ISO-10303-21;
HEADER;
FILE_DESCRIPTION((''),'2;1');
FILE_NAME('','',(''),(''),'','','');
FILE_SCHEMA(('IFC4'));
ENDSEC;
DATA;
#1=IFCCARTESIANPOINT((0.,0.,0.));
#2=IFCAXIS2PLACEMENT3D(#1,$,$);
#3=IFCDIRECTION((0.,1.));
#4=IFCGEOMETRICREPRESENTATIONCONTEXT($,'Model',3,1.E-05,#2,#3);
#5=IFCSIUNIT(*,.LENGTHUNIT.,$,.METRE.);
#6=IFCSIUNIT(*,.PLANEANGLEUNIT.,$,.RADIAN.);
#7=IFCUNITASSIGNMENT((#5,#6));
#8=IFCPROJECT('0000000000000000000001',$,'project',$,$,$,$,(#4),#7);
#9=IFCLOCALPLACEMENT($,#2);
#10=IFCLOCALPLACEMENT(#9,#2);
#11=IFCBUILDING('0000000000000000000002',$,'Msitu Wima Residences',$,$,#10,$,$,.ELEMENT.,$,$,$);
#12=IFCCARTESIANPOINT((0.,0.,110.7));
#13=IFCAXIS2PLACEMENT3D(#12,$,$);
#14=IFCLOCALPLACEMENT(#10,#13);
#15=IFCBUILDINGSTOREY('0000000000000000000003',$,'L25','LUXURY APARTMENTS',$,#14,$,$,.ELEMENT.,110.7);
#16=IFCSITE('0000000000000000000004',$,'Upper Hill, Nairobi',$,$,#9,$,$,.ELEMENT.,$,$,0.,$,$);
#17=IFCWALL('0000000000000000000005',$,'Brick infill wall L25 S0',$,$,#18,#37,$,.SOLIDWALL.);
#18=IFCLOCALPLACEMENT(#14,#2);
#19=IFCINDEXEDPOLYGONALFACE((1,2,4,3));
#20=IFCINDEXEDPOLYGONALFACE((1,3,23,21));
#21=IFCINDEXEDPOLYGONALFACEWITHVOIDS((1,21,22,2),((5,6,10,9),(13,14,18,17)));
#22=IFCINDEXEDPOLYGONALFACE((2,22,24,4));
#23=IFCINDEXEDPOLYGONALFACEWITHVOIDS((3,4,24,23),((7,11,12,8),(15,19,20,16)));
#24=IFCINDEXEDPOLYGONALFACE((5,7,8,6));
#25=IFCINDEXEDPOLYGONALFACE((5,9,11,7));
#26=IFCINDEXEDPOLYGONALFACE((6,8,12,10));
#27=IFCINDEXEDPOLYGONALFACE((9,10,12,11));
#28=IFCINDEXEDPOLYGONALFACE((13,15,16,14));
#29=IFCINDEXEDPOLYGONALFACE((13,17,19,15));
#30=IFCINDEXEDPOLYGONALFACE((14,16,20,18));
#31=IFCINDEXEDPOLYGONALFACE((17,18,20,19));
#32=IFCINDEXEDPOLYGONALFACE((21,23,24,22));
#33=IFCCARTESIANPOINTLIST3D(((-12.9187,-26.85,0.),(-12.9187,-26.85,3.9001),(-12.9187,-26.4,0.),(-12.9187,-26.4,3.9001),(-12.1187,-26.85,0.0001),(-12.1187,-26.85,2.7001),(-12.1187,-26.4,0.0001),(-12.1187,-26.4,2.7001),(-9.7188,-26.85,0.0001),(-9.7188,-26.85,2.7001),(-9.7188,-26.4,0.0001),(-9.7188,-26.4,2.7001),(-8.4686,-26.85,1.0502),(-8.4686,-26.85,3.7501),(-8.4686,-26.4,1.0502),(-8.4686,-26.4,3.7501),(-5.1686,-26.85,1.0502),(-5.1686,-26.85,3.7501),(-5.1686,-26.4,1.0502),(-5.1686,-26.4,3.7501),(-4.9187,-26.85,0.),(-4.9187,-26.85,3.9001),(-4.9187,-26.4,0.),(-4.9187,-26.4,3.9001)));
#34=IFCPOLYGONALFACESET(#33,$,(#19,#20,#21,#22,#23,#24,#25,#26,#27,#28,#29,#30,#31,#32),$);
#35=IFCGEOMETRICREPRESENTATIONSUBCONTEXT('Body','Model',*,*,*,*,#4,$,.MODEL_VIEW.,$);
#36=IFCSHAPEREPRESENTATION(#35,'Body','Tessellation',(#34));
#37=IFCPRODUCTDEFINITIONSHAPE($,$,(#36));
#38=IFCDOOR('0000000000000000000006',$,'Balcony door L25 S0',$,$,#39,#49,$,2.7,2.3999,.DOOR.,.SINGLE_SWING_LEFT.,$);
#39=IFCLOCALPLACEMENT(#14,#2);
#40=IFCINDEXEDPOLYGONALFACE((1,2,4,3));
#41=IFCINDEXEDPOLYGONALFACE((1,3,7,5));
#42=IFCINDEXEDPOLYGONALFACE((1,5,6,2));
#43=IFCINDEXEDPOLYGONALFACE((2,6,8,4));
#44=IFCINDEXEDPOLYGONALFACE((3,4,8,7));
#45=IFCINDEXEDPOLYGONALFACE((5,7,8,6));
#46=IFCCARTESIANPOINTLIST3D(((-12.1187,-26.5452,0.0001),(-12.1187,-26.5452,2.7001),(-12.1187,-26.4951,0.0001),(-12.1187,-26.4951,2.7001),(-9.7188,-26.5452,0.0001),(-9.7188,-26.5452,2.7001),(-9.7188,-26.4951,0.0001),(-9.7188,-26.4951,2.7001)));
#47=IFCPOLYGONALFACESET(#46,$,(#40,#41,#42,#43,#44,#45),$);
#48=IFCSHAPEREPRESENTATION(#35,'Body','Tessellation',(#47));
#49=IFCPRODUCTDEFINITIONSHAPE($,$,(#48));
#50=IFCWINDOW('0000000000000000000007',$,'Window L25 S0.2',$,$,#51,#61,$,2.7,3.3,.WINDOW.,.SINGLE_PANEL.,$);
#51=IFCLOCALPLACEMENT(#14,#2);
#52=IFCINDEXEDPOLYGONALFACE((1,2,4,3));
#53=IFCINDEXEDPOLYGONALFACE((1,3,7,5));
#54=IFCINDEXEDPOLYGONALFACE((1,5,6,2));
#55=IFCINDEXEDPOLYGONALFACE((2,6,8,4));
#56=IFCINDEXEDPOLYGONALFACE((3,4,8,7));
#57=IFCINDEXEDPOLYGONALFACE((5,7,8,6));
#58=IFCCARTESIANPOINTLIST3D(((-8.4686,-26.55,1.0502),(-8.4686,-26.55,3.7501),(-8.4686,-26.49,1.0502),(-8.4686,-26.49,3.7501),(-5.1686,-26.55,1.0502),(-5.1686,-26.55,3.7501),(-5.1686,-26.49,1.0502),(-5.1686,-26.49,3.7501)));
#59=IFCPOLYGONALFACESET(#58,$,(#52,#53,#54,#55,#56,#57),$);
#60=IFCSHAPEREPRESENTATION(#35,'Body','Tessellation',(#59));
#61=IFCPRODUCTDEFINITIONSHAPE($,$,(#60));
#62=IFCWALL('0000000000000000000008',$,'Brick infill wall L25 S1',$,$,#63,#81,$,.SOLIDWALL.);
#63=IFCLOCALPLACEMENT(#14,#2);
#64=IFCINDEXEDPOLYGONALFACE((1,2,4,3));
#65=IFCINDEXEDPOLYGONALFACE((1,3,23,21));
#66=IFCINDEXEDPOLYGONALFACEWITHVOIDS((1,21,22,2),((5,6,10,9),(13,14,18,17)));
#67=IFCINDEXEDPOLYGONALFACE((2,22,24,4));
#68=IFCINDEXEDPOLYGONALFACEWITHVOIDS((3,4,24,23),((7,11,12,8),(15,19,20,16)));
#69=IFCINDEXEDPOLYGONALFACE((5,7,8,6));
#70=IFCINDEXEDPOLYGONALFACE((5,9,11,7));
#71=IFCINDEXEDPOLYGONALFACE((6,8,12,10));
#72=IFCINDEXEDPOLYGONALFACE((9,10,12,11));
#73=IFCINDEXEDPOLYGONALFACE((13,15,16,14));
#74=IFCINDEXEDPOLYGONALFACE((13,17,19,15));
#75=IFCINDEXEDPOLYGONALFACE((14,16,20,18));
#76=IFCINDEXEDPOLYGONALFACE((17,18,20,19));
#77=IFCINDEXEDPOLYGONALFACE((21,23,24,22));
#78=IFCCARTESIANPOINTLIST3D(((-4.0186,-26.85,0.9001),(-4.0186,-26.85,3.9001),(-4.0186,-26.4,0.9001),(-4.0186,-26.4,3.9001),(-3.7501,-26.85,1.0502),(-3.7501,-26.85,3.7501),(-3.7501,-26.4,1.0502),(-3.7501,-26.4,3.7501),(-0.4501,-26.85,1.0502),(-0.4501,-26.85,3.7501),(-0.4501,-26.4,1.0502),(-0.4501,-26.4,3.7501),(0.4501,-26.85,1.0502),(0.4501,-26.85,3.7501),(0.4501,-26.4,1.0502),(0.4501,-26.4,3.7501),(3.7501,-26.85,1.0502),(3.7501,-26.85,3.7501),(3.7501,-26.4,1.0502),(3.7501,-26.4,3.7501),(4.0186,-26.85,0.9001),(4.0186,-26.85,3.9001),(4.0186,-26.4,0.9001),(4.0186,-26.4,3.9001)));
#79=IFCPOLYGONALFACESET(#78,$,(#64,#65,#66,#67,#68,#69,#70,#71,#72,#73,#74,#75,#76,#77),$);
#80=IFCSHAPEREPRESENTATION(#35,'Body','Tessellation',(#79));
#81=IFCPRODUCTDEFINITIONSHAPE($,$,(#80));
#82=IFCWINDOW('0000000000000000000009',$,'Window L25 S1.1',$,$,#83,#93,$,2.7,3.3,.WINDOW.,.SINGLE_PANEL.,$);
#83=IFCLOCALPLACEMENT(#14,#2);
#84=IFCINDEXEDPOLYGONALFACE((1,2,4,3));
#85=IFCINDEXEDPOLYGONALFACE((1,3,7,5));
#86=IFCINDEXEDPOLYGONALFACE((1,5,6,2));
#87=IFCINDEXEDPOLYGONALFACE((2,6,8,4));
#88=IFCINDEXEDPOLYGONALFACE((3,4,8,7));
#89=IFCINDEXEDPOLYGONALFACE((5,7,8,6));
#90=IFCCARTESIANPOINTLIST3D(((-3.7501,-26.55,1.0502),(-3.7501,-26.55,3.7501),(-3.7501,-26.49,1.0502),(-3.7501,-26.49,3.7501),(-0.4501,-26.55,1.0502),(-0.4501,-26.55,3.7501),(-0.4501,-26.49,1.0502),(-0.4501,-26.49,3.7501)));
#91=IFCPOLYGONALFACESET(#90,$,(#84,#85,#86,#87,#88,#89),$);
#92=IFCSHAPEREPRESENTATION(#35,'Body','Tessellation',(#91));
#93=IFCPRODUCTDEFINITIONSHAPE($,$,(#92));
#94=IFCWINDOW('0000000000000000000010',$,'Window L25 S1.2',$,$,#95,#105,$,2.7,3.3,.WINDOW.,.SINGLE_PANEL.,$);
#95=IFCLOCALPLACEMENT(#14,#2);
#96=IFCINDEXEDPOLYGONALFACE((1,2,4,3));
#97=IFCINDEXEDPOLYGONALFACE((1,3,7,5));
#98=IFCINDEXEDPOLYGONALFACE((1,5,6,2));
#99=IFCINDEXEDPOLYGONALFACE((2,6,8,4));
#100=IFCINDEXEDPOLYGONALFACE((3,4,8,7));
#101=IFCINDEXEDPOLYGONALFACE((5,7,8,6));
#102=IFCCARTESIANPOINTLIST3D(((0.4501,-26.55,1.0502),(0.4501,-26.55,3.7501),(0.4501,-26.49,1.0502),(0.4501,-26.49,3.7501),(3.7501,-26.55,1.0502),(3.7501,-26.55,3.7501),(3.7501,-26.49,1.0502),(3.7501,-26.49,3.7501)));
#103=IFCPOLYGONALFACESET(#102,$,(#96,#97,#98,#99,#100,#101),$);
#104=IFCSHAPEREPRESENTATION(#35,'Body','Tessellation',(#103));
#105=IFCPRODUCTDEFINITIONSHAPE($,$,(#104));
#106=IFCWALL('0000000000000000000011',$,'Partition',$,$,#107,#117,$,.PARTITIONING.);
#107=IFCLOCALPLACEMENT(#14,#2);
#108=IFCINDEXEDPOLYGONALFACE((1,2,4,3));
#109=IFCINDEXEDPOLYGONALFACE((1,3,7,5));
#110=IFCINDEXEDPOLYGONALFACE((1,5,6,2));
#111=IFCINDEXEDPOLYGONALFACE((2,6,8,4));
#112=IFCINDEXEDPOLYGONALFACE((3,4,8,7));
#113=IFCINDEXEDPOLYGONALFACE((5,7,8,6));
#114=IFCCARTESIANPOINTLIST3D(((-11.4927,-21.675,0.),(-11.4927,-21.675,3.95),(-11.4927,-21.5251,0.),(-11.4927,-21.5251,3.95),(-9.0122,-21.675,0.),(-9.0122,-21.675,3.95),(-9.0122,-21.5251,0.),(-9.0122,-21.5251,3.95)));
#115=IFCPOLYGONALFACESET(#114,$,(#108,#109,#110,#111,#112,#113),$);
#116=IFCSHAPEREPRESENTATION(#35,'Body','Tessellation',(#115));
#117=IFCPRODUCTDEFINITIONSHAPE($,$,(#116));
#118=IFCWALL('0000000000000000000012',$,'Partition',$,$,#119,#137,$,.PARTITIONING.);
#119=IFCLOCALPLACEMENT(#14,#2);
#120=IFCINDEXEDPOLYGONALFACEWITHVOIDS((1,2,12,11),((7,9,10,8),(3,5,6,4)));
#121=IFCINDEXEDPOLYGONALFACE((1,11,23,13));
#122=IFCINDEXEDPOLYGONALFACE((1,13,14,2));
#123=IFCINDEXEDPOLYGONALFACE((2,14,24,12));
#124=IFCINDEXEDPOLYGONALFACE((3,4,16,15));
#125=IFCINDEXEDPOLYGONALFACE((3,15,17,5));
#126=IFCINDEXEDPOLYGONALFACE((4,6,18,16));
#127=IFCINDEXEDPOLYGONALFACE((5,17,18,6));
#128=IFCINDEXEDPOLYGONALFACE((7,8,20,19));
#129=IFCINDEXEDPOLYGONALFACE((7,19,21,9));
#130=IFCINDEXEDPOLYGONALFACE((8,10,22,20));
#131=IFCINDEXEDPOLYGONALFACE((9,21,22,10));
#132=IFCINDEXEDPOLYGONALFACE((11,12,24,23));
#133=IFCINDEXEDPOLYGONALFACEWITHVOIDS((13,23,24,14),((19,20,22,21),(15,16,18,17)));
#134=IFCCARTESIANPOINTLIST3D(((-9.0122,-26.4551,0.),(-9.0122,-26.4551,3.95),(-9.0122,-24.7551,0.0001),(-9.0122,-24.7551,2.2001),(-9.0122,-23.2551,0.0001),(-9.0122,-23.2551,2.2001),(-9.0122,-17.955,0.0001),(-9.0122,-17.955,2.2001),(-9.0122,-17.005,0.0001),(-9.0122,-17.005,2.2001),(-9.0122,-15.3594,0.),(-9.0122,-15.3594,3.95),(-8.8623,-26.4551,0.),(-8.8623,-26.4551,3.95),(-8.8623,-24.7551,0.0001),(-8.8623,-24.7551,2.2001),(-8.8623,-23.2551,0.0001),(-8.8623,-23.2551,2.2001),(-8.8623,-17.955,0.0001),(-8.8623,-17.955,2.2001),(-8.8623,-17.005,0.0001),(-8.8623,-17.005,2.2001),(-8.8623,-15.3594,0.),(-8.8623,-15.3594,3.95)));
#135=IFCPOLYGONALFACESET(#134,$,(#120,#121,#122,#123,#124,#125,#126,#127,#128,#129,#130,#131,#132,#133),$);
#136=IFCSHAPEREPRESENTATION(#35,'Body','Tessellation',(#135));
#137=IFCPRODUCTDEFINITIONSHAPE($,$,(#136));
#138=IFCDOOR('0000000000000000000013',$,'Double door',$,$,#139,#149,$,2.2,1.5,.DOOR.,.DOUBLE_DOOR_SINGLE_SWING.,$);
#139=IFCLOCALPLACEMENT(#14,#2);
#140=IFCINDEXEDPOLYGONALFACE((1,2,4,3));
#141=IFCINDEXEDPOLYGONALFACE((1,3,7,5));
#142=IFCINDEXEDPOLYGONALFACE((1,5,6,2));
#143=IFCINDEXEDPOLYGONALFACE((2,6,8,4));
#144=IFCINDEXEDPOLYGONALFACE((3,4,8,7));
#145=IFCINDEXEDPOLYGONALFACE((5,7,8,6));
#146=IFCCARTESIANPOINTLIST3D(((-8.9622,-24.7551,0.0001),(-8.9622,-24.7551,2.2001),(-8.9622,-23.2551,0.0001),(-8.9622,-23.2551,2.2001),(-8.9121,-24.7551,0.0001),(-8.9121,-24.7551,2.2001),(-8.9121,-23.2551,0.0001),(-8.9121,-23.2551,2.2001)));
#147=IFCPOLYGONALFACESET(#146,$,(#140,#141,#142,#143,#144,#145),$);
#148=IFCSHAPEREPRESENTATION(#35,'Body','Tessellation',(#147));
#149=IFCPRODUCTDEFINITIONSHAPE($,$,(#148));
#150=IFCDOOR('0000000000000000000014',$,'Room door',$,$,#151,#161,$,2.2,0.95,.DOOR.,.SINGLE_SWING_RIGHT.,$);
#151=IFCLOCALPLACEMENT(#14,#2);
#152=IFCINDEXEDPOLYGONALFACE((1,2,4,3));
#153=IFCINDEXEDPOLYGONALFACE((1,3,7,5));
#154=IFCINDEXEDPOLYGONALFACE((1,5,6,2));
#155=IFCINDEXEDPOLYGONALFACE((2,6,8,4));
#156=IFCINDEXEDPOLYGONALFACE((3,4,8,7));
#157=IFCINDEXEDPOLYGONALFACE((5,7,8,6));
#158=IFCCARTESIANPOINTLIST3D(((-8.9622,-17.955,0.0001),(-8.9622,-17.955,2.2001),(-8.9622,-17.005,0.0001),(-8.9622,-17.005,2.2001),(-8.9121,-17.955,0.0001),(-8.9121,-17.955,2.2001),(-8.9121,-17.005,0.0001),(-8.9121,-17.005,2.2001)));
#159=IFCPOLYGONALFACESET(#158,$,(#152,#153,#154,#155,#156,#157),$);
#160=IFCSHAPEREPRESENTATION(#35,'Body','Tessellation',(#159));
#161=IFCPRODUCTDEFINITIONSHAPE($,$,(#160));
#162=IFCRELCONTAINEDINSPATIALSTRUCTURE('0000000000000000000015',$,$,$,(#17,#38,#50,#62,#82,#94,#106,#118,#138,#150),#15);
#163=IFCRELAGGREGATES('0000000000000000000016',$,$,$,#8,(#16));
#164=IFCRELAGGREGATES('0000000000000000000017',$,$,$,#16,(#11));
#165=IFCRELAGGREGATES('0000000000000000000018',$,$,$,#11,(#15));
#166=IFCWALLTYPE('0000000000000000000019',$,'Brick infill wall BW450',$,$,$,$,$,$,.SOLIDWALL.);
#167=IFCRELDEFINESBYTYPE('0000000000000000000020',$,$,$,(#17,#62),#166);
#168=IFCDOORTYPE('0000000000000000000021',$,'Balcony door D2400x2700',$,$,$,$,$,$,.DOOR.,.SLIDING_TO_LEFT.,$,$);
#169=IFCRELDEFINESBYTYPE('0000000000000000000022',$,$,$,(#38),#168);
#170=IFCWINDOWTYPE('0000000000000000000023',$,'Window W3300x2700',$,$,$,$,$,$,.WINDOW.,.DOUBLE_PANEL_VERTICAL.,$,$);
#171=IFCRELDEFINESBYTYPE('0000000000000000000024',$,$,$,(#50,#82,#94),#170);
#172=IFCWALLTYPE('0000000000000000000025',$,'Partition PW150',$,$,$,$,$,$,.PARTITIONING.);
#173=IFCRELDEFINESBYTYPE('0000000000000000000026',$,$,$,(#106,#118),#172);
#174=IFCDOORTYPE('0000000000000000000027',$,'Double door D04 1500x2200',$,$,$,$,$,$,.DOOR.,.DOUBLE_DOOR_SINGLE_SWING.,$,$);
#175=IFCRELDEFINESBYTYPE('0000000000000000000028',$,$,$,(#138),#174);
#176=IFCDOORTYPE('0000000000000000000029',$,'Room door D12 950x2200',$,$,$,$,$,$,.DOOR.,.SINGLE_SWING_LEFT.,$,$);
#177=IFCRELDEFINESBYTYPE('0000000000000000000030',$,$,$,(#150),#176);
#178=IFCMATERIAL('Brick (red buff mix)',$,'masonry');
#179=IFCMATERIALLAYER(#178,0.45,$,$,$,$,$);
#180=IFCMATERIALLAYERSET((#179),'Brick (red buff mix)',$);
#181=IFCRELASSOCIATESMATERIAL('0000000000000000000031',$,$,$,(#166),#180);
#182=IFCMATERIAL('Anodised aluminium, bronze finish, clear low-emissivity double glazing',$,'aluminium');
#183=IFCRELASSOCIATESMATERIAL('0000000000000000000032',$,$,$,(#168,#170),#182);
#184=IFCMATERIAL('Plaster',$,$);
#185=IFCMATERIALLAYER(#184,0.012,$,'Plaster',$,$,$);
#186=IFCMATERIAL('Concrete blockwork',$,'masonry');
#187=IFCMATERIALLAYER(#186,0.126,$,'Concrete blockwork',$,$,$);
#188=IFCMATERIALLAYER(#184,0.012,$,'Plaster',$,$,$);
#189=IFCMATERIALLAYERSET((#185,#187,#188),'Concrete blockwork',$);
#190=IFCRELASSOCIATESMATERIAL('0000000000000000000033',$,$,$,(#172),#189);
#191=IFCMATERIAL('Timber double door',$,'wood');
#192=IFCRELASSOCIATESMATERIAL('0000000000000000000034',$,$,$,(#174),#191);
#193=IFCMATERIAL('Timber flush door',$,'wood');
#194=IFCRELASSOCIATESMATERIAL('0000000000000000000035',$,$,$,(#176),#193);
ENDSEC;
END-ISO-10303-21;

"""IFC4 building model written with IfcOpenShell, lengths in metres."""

from ifc_helpers import new_model, si_unit, direction, frame, frame_2d, origin, place, context, subcontext, project, spatial, rectangle, extrude, material, layer, layer_set, type_object, element, fill, save


model = new_model("IFC4")

# Units and contexts
model_context = context("Model", 3, precision=1e-05, world=origin(), true_north=direction((0.0, 1.0)))
body_context = subcontext(model_context, "Body", "Model", "MODEL_VIEW")
ifc_project = project(units=[si_unit("LENGTHUNIT", "METRE"), si_unit("PLANEANGLEUNIT", "RADIAN")], contexts=[model_context])

# Site, building, storey
site_placement = place(None, origin())
site = spatial("IfcSite", under=ifc_project, at=site_placement, Name="Upper Hill, Nairobi", CompositionType="ELEMENT", RefElevation=0.0)
building_placement = place(site_placement, origin())
building = spatial("IfcBuilding", under=site, at=building_placement, Name="Msitu Wima Residences", CompositionType="ELEMENT")
storey_placement = place(building_placement, frame((0.0, 0.0, 110.7)))
storey = spatial("IfcBuildingStorey", under=building, at=storey_placement, Name="L25", Description="LUXURY APARTMENTS", CompositionType="ELEMENT", Elevation=110.7)

# Wall, openings, door, window
ifc_material_1 = material(Name="Brick (red buff mix)", Category="masonry")
ifc_layer_1 = layer(ifc_material_1, 0.45)
ifc_layer_set_1 = layer_set([ifc_layer_1], Name="Brick (red buff mix)")
wall_type_1 = type_object("IfcWallType", Name="Brick infill wall BW450", PredefinedType="SOLIDWALL", material=ifc_layer_set_1)
wall_1_placement = place(storey_placement, frame((-12.9187, -26.625, 0.0), z_axis=(0.0, 0.0, 1.0), x_axis=(1.0, 0.0, 0.0)))
wall_1 = element("IfcWall", 1, at=wall_1_placement, inside=storey, type_object=wall_type_1, Name="Brick infill wall L25 S0", PredefinedType="SOLIDWALL", context=body_context, shape_type="SweptSolid", body=[
    extrude(rectangle(XDim=8.0, YDim=0.45, at=frame_2d((4.0, 0.0))), origin(), (0.0, 0.0, 1.0), 3.9001),
])
opening_1_placement = place(wall_1_placement, frame((0.8, 0.0, 0.0)))
opening_1 = element("IfcOpeningElement", 2, at=opening_1_placement, cuts=wall_1, PredefinedType="OPENING", context=body_context, shape_type="SweptSolid", body=[
    extrude(rectangle(XDim=2.3999, YDim=2.7, at=frame_2d((1.2, 1.3501))), frame((0.0, 0.2349, 0.0), z_axis=(0.0, -1.0, 0.0), x_axis=(1.0, 0.0, 0.0)), (0.0, 0.0, 1.0), 0.47),
])
opening_2_placement = place(wall_1_placement, frame((4.4502, 0.0, 1.05)))
opening_2 = element("IfcOpeningElement", 3, at=opening_2_placement, cuts=wall_1, PredefinedType="OPENING", context=body_context, shape_type="SweptSolid", body=[
    extrude(rectangle(XDim=3.3, YDim=2.7, at=frame_2d((1.6499, 1.3501))), frame((0.0, 0.2349, 0.0), z_axis=(0.0, -1.0, 0.0), x_axis=(1.0, 0.0, 0.0)), (0.0, 0.0, 1.0), 0.47),
])
ifc_material_2 = material(Name="Anodised aluminium, bronze finish, clear low-emissivity double glazing", Category="aluminium")
door_type_1 = type_object("IfcDoorType", Name="Balcony door D2400x2700", OperationType="SLIDING_TO_LEFT", PredefinedType="DOOR", material=ifc_material_2)
door_1_placement = place(opening_1_placement, origin())
door_1 = element("IfcDoor", 4, at=door_1_placement, inside=storey, type_object=door_type_1, Name="Balcony door L25 S0", OperationType="SINGLE_SWING_LEFT", OverallHeight=2.7, OverallWidth=2.3999, PredefinedType="DOOR", context=body_context, shape_type="SweptSolid", body=[
    extrude(rectangle(XDim=2.3999, YDim=2.7, at=frame_2d((1.2, 1.3501))), frame((0.0, 0.1299, 0.0), z_axis=(0.0, -1.0, 0.0), x_axis=(1.0, 0.0, 0.0)), (0.0, 0.0, 1.0), 0.05),
])
fill(opening_1, door_1)
window_type = type_object("IfcWindowType", Name="Window W3300x2700", PartitioningType="DOUBLE_PANEL_VERTICAL", PredefinedType="WINDOW", material=ifc_material_2)
window_1_placement = place(opening_2_placement, origin())
window_1 = element("IfcWindow", 5, at=window_1_placement, inside=storey, type_object=window_type, Name="Window L25 S0.2", OverallHeight=2.7, OverallWidth=3.3, PartitioningType="SINGLE_PANEL", PredefinedType="WINDOW", context=body_context, shape_type="SweptSolid", body=[
    extrude(rectangle(XDim=3.3, YDim=2.7, at=frame_2d((1.6499, 1.3501))), frame((0.0, 0.135, 0.0), z_axis=(0.0, -1.0, 0.0), x_axis=(1.0, 0.0, 0.0)), (0.0, 0.0, 1.0), 0.0601),
])
fill(opening_2, window_1)

# Wall, openings, windows
wall_2_placement = place(storey_placement, frame((-4.0186, -26.625, 0.9001), z_axis=(0.0, 0.0, 1.0), x_axis=(1.0, 0.0, 0.0)))
wall_2 = element("IfcWall", 6, at=wall_2_placement, inside=storey, type_object=wall_type_1, Name="Brick infill wall L25 S1", PredefinedType="SOLIDWALL", context=body_context, shape_type="SweptSolid", body=[
    extrude(rectangle(XDim=8.0371, YDim=0.45, at=frame_2d((4.0186, 0.0))), origin(), (0.0, 0.0, 1.0), 3.0),
])
opening_3_placement = place(wall_2_placement, frame((0.2686, 0.0, 0.1499)))
opening_3 = element("IfcOpeningElement", 7, at=opening_3_placement, cuts=wall_2, PredefinedType="OPENING", context=body_context, shape_type="SweptSolid", body=[
    extrude(rectangle(XDim=3.3, YDim=2.7, at=frame_2d((1.6499, 1.3501))), frame((0.0, 0.2349, 0.0), z_axis=(0.0, -1.0, 0.0), x_axis=(1.0, 0.0, 0.0)), (0.0, 0.0, 1.0), 0.47),
])
opening_4_placement = place(wall_2_placement, frame((4.4688, 0.0, 0.1499)))
opening_4 = element("IfcOpeningElement", 8, at=opening_4_placement, cuts=wall_2, PredefinedType="OPENING", context=body_context, shape_type="SweptSolid", body=[
    extrude(rectangle(XDim=3.3, YDim=2.7, at=frame_2d((1.6499, 1.3501))), frame((0.0, 0.2349, 0.0), z_axis=(0.0, -1.0, 0.0), x_axis=(1.0, 0.0, 0.0)), (0.0, 0.0, 1.0), 0.47),
])
window_2_placement = place(opening_3_placement, origin())
window_2 = element("IfcWindow", 9, at=window_2_placement, inside=storey, type_object=window_type, Name="Window L25 S1.1", OverallHeight=2.7, OverallWidth=3.3, PartitioningType="SINGLE_PANEL", PredefinedType="WINDOW", context=body_context, shape_type="SweptSolid", body=[
    extrude(rectangle(XDim=3.3, YDim=2.7, at=frame_2d((1.6499, 1.3501))), frame((0.0, 0.135, 0.0), z_axis=(0.0, -1.0, 0.0), x_axis=(1.0, 0.0, 0.0)), (0.0, 0.0, 1.0), 0.0601),
])
fill(opening_3, window_2)
window_3_placement = place(opening_4_placement, origin())
window_3 = element("IfcWindow", 10, at=window_3_placement, inside=storey, type_object=window_type, Name="Window L25 S1.2", OverallHeight=2.7, OverallWidth=3.3, PartitioningType="SINGLE_PANEL", PredefinedType="WINDOW", context=body_context, shape_type="SweptSolid", body=[
    extrude(rectangle(XDim=3.3, YDim=2.7, at=frame_2d((1.6499, 1.3501))), frame((0.0, 0.135, 0.0), z_axis=(0.0, -1.0, 0.0), x_axis=(1.0, 0.0, 0.0)), (0.0, 0.0, 1.0), 0.0601),
])
fill(opening_4, window_3)

# Wall
ifc_material_3 = material(Name="Plaster")
ifc_layer_2 = layer(ifc_material_3, 0.012, Name="Plaster")
ifc_material_4 = material(Name="Concrete blockwork", Category="masonry")
ifc_layer_3 = layer(ifc_material_4, 0.126, Name="Concrete blockwork")
ifc_layer_4 = layer(ifc_material_3, 0.012, Name="Plaster")
ifc_layer_set_2 = layer_set([ifc_layer_2, ifc_layer_3, ifc_layer_4], Name="Concrete blockwork")
wall_type_2 = type_object("IfcWallType", Name="Partition PW150", PredefinedType="PARTITIONING", material=ifc_layer_set_2)
wall_3_placement = place(storey_placement, frame((-11.4927, -21.6001, 0.0), z_axis=(0.0, 0.0, 1.0), x_axis=(1.0, 0.0, 0.0)))
element("IfcWall", 11, at=wall_3_placement, inside=storey, type_object=wall_type_2, Name="Partition", PredefinedType="PARTITIONING", context=body_context, shape_type="SweptSolid", body=[
    extrude(rectangle(XDim=2.4805, YDim=0.1499, at=frame_2d((1.2402, 0.0))), origin(), (0.0, 0.0, 1.0), 3.95),
])

# Wall, openings, doors
wall_4_placement = place(storey_placement, frame((-8.9373, -26.4551, 0.0), z_axis=(0.0, 0.0, 1.0), x_axis=(0.0, 1.0, 0.0)))
wall_4 = element("IfcWall", 12, at=wall_4_placement, inside=storey, type_object=wall_type_2, Name="Partition", PredefinedType="PARTITIONING", context=body_context, shape_type="SweptSolid", body=[
    extrude(rectangle(XDim=11.0957, YDim=0.1499, at=frame_2d((5.5479, 0.0))), origin(), (0.0, 0.0, 1.0), 3.95),
])
opening_5_placement = place(wall_4_placement, frame((8.5, 0.0, 0.0)))
opening_5 = element("IfcOpeningElement", 13, at=opening_5_placement, cuts=wall_4, PredefinedType="OPENING", context=body_context, shape_type="SweptSolid", body=[
    extrude(rectangle(XDim=0.95, YDim=2.2, at=frame_2d((0.4751, 1.1001))), frame((0.0, 0.085, 0.0), z_axis=(0.0, -1.0, 0.0), x_axis=(1.0, 0.0, 0.0)), (0.0, 0.0, 1.0), 0.1699),
])
opening_6_placement = place(wall_4_placement, frame((1.7, 0.0, 0.0)))
opening_6 = element("IfcOpeningElement", 14, at=opening_6_placement, cuts=wall_4, PredefinedType="OPENING", context=body_context, shape_type="SweptSolid", body=[
    extrude(rectangle(XDim=1.5, YDim=2.2, at=frame_2d((0.75, 1.1001))), frame((0.0, 0.085, 0.0), z_axis=(0.0, -1.0, 0.0), x_axis=(1.0, 0.0, 0.0)), (0.0, 0.0, 1.0), 0.1699),
])
ifc_material_5 = material(Name="Timber double door", Category="wood")
door_type_2 = type_object("IfcDoorType", Name="Double door D04 1500x2200", OperationType="DOUBLE_DOOR_SINGLE_SWING", PredefinedType="DOOR", material=ifc_material_5)
door_2_placement = place(opening_6_placement, origin())
door_2 = element("IfcDoor", 15, at=door_2_placement, inside=storey, type_object=door_type_2, Name="Double door", OperationType="DOUBLE_DOOR_SINGLE_SWING", OverallHeight=2.2, OverallWidth=1.5, PredefinedType="DOOR", context=body_context, shape_type="SweptSolid", body=[
    extrude(rectangle(XDim=1.5, YDim=2.2, at=frame_2d((0.75, 1.1001))), frame((0.0, 0.0249, 0.0), z_axis=(0.0, -1.0, 0.0), x_axis=(1.0, 0.0, 0.0)), (0.0, 0.0, 1.0), 0.05),
])
fill(opening_6, door_2)
ifc_material_6 = material(Name="Timber flush door", Category="wood")
door_type_3 = type_object("IfcDoorType", Name="Room door D12 950x2200", OperationType="SINGLE_SWING_LEFT", PredefinedType="DOOR", material=ifc_material_6)
door_3_placement = place(opening_5_placement, origin())
door_3 = element("IfcDoor", 16, at=door_3_placement, inside=storey, type_object=door_type_3, Name="Room door", OperationType="SINGLE_SWING_RIGHT", OverallHeight=2.2, OverallWidth=0.95, PredefinedType="DOOR", context=body_context, shape_type="SweptSolid", body=[
    extrude(rectangle(XDim=0.95, YDim=2.2, at=frame_2d((0.4751, 1.1001))), frame((0.0, 0.0249, 0.0), z_axis=(0.0, -1.0, 0.0), x_axis=(1.0, 0.0, 0.0)), (0.0, 0.0, 1.0), 0.05),
])
fill(opening_5, door_3)

save(model, "model.ifc")
